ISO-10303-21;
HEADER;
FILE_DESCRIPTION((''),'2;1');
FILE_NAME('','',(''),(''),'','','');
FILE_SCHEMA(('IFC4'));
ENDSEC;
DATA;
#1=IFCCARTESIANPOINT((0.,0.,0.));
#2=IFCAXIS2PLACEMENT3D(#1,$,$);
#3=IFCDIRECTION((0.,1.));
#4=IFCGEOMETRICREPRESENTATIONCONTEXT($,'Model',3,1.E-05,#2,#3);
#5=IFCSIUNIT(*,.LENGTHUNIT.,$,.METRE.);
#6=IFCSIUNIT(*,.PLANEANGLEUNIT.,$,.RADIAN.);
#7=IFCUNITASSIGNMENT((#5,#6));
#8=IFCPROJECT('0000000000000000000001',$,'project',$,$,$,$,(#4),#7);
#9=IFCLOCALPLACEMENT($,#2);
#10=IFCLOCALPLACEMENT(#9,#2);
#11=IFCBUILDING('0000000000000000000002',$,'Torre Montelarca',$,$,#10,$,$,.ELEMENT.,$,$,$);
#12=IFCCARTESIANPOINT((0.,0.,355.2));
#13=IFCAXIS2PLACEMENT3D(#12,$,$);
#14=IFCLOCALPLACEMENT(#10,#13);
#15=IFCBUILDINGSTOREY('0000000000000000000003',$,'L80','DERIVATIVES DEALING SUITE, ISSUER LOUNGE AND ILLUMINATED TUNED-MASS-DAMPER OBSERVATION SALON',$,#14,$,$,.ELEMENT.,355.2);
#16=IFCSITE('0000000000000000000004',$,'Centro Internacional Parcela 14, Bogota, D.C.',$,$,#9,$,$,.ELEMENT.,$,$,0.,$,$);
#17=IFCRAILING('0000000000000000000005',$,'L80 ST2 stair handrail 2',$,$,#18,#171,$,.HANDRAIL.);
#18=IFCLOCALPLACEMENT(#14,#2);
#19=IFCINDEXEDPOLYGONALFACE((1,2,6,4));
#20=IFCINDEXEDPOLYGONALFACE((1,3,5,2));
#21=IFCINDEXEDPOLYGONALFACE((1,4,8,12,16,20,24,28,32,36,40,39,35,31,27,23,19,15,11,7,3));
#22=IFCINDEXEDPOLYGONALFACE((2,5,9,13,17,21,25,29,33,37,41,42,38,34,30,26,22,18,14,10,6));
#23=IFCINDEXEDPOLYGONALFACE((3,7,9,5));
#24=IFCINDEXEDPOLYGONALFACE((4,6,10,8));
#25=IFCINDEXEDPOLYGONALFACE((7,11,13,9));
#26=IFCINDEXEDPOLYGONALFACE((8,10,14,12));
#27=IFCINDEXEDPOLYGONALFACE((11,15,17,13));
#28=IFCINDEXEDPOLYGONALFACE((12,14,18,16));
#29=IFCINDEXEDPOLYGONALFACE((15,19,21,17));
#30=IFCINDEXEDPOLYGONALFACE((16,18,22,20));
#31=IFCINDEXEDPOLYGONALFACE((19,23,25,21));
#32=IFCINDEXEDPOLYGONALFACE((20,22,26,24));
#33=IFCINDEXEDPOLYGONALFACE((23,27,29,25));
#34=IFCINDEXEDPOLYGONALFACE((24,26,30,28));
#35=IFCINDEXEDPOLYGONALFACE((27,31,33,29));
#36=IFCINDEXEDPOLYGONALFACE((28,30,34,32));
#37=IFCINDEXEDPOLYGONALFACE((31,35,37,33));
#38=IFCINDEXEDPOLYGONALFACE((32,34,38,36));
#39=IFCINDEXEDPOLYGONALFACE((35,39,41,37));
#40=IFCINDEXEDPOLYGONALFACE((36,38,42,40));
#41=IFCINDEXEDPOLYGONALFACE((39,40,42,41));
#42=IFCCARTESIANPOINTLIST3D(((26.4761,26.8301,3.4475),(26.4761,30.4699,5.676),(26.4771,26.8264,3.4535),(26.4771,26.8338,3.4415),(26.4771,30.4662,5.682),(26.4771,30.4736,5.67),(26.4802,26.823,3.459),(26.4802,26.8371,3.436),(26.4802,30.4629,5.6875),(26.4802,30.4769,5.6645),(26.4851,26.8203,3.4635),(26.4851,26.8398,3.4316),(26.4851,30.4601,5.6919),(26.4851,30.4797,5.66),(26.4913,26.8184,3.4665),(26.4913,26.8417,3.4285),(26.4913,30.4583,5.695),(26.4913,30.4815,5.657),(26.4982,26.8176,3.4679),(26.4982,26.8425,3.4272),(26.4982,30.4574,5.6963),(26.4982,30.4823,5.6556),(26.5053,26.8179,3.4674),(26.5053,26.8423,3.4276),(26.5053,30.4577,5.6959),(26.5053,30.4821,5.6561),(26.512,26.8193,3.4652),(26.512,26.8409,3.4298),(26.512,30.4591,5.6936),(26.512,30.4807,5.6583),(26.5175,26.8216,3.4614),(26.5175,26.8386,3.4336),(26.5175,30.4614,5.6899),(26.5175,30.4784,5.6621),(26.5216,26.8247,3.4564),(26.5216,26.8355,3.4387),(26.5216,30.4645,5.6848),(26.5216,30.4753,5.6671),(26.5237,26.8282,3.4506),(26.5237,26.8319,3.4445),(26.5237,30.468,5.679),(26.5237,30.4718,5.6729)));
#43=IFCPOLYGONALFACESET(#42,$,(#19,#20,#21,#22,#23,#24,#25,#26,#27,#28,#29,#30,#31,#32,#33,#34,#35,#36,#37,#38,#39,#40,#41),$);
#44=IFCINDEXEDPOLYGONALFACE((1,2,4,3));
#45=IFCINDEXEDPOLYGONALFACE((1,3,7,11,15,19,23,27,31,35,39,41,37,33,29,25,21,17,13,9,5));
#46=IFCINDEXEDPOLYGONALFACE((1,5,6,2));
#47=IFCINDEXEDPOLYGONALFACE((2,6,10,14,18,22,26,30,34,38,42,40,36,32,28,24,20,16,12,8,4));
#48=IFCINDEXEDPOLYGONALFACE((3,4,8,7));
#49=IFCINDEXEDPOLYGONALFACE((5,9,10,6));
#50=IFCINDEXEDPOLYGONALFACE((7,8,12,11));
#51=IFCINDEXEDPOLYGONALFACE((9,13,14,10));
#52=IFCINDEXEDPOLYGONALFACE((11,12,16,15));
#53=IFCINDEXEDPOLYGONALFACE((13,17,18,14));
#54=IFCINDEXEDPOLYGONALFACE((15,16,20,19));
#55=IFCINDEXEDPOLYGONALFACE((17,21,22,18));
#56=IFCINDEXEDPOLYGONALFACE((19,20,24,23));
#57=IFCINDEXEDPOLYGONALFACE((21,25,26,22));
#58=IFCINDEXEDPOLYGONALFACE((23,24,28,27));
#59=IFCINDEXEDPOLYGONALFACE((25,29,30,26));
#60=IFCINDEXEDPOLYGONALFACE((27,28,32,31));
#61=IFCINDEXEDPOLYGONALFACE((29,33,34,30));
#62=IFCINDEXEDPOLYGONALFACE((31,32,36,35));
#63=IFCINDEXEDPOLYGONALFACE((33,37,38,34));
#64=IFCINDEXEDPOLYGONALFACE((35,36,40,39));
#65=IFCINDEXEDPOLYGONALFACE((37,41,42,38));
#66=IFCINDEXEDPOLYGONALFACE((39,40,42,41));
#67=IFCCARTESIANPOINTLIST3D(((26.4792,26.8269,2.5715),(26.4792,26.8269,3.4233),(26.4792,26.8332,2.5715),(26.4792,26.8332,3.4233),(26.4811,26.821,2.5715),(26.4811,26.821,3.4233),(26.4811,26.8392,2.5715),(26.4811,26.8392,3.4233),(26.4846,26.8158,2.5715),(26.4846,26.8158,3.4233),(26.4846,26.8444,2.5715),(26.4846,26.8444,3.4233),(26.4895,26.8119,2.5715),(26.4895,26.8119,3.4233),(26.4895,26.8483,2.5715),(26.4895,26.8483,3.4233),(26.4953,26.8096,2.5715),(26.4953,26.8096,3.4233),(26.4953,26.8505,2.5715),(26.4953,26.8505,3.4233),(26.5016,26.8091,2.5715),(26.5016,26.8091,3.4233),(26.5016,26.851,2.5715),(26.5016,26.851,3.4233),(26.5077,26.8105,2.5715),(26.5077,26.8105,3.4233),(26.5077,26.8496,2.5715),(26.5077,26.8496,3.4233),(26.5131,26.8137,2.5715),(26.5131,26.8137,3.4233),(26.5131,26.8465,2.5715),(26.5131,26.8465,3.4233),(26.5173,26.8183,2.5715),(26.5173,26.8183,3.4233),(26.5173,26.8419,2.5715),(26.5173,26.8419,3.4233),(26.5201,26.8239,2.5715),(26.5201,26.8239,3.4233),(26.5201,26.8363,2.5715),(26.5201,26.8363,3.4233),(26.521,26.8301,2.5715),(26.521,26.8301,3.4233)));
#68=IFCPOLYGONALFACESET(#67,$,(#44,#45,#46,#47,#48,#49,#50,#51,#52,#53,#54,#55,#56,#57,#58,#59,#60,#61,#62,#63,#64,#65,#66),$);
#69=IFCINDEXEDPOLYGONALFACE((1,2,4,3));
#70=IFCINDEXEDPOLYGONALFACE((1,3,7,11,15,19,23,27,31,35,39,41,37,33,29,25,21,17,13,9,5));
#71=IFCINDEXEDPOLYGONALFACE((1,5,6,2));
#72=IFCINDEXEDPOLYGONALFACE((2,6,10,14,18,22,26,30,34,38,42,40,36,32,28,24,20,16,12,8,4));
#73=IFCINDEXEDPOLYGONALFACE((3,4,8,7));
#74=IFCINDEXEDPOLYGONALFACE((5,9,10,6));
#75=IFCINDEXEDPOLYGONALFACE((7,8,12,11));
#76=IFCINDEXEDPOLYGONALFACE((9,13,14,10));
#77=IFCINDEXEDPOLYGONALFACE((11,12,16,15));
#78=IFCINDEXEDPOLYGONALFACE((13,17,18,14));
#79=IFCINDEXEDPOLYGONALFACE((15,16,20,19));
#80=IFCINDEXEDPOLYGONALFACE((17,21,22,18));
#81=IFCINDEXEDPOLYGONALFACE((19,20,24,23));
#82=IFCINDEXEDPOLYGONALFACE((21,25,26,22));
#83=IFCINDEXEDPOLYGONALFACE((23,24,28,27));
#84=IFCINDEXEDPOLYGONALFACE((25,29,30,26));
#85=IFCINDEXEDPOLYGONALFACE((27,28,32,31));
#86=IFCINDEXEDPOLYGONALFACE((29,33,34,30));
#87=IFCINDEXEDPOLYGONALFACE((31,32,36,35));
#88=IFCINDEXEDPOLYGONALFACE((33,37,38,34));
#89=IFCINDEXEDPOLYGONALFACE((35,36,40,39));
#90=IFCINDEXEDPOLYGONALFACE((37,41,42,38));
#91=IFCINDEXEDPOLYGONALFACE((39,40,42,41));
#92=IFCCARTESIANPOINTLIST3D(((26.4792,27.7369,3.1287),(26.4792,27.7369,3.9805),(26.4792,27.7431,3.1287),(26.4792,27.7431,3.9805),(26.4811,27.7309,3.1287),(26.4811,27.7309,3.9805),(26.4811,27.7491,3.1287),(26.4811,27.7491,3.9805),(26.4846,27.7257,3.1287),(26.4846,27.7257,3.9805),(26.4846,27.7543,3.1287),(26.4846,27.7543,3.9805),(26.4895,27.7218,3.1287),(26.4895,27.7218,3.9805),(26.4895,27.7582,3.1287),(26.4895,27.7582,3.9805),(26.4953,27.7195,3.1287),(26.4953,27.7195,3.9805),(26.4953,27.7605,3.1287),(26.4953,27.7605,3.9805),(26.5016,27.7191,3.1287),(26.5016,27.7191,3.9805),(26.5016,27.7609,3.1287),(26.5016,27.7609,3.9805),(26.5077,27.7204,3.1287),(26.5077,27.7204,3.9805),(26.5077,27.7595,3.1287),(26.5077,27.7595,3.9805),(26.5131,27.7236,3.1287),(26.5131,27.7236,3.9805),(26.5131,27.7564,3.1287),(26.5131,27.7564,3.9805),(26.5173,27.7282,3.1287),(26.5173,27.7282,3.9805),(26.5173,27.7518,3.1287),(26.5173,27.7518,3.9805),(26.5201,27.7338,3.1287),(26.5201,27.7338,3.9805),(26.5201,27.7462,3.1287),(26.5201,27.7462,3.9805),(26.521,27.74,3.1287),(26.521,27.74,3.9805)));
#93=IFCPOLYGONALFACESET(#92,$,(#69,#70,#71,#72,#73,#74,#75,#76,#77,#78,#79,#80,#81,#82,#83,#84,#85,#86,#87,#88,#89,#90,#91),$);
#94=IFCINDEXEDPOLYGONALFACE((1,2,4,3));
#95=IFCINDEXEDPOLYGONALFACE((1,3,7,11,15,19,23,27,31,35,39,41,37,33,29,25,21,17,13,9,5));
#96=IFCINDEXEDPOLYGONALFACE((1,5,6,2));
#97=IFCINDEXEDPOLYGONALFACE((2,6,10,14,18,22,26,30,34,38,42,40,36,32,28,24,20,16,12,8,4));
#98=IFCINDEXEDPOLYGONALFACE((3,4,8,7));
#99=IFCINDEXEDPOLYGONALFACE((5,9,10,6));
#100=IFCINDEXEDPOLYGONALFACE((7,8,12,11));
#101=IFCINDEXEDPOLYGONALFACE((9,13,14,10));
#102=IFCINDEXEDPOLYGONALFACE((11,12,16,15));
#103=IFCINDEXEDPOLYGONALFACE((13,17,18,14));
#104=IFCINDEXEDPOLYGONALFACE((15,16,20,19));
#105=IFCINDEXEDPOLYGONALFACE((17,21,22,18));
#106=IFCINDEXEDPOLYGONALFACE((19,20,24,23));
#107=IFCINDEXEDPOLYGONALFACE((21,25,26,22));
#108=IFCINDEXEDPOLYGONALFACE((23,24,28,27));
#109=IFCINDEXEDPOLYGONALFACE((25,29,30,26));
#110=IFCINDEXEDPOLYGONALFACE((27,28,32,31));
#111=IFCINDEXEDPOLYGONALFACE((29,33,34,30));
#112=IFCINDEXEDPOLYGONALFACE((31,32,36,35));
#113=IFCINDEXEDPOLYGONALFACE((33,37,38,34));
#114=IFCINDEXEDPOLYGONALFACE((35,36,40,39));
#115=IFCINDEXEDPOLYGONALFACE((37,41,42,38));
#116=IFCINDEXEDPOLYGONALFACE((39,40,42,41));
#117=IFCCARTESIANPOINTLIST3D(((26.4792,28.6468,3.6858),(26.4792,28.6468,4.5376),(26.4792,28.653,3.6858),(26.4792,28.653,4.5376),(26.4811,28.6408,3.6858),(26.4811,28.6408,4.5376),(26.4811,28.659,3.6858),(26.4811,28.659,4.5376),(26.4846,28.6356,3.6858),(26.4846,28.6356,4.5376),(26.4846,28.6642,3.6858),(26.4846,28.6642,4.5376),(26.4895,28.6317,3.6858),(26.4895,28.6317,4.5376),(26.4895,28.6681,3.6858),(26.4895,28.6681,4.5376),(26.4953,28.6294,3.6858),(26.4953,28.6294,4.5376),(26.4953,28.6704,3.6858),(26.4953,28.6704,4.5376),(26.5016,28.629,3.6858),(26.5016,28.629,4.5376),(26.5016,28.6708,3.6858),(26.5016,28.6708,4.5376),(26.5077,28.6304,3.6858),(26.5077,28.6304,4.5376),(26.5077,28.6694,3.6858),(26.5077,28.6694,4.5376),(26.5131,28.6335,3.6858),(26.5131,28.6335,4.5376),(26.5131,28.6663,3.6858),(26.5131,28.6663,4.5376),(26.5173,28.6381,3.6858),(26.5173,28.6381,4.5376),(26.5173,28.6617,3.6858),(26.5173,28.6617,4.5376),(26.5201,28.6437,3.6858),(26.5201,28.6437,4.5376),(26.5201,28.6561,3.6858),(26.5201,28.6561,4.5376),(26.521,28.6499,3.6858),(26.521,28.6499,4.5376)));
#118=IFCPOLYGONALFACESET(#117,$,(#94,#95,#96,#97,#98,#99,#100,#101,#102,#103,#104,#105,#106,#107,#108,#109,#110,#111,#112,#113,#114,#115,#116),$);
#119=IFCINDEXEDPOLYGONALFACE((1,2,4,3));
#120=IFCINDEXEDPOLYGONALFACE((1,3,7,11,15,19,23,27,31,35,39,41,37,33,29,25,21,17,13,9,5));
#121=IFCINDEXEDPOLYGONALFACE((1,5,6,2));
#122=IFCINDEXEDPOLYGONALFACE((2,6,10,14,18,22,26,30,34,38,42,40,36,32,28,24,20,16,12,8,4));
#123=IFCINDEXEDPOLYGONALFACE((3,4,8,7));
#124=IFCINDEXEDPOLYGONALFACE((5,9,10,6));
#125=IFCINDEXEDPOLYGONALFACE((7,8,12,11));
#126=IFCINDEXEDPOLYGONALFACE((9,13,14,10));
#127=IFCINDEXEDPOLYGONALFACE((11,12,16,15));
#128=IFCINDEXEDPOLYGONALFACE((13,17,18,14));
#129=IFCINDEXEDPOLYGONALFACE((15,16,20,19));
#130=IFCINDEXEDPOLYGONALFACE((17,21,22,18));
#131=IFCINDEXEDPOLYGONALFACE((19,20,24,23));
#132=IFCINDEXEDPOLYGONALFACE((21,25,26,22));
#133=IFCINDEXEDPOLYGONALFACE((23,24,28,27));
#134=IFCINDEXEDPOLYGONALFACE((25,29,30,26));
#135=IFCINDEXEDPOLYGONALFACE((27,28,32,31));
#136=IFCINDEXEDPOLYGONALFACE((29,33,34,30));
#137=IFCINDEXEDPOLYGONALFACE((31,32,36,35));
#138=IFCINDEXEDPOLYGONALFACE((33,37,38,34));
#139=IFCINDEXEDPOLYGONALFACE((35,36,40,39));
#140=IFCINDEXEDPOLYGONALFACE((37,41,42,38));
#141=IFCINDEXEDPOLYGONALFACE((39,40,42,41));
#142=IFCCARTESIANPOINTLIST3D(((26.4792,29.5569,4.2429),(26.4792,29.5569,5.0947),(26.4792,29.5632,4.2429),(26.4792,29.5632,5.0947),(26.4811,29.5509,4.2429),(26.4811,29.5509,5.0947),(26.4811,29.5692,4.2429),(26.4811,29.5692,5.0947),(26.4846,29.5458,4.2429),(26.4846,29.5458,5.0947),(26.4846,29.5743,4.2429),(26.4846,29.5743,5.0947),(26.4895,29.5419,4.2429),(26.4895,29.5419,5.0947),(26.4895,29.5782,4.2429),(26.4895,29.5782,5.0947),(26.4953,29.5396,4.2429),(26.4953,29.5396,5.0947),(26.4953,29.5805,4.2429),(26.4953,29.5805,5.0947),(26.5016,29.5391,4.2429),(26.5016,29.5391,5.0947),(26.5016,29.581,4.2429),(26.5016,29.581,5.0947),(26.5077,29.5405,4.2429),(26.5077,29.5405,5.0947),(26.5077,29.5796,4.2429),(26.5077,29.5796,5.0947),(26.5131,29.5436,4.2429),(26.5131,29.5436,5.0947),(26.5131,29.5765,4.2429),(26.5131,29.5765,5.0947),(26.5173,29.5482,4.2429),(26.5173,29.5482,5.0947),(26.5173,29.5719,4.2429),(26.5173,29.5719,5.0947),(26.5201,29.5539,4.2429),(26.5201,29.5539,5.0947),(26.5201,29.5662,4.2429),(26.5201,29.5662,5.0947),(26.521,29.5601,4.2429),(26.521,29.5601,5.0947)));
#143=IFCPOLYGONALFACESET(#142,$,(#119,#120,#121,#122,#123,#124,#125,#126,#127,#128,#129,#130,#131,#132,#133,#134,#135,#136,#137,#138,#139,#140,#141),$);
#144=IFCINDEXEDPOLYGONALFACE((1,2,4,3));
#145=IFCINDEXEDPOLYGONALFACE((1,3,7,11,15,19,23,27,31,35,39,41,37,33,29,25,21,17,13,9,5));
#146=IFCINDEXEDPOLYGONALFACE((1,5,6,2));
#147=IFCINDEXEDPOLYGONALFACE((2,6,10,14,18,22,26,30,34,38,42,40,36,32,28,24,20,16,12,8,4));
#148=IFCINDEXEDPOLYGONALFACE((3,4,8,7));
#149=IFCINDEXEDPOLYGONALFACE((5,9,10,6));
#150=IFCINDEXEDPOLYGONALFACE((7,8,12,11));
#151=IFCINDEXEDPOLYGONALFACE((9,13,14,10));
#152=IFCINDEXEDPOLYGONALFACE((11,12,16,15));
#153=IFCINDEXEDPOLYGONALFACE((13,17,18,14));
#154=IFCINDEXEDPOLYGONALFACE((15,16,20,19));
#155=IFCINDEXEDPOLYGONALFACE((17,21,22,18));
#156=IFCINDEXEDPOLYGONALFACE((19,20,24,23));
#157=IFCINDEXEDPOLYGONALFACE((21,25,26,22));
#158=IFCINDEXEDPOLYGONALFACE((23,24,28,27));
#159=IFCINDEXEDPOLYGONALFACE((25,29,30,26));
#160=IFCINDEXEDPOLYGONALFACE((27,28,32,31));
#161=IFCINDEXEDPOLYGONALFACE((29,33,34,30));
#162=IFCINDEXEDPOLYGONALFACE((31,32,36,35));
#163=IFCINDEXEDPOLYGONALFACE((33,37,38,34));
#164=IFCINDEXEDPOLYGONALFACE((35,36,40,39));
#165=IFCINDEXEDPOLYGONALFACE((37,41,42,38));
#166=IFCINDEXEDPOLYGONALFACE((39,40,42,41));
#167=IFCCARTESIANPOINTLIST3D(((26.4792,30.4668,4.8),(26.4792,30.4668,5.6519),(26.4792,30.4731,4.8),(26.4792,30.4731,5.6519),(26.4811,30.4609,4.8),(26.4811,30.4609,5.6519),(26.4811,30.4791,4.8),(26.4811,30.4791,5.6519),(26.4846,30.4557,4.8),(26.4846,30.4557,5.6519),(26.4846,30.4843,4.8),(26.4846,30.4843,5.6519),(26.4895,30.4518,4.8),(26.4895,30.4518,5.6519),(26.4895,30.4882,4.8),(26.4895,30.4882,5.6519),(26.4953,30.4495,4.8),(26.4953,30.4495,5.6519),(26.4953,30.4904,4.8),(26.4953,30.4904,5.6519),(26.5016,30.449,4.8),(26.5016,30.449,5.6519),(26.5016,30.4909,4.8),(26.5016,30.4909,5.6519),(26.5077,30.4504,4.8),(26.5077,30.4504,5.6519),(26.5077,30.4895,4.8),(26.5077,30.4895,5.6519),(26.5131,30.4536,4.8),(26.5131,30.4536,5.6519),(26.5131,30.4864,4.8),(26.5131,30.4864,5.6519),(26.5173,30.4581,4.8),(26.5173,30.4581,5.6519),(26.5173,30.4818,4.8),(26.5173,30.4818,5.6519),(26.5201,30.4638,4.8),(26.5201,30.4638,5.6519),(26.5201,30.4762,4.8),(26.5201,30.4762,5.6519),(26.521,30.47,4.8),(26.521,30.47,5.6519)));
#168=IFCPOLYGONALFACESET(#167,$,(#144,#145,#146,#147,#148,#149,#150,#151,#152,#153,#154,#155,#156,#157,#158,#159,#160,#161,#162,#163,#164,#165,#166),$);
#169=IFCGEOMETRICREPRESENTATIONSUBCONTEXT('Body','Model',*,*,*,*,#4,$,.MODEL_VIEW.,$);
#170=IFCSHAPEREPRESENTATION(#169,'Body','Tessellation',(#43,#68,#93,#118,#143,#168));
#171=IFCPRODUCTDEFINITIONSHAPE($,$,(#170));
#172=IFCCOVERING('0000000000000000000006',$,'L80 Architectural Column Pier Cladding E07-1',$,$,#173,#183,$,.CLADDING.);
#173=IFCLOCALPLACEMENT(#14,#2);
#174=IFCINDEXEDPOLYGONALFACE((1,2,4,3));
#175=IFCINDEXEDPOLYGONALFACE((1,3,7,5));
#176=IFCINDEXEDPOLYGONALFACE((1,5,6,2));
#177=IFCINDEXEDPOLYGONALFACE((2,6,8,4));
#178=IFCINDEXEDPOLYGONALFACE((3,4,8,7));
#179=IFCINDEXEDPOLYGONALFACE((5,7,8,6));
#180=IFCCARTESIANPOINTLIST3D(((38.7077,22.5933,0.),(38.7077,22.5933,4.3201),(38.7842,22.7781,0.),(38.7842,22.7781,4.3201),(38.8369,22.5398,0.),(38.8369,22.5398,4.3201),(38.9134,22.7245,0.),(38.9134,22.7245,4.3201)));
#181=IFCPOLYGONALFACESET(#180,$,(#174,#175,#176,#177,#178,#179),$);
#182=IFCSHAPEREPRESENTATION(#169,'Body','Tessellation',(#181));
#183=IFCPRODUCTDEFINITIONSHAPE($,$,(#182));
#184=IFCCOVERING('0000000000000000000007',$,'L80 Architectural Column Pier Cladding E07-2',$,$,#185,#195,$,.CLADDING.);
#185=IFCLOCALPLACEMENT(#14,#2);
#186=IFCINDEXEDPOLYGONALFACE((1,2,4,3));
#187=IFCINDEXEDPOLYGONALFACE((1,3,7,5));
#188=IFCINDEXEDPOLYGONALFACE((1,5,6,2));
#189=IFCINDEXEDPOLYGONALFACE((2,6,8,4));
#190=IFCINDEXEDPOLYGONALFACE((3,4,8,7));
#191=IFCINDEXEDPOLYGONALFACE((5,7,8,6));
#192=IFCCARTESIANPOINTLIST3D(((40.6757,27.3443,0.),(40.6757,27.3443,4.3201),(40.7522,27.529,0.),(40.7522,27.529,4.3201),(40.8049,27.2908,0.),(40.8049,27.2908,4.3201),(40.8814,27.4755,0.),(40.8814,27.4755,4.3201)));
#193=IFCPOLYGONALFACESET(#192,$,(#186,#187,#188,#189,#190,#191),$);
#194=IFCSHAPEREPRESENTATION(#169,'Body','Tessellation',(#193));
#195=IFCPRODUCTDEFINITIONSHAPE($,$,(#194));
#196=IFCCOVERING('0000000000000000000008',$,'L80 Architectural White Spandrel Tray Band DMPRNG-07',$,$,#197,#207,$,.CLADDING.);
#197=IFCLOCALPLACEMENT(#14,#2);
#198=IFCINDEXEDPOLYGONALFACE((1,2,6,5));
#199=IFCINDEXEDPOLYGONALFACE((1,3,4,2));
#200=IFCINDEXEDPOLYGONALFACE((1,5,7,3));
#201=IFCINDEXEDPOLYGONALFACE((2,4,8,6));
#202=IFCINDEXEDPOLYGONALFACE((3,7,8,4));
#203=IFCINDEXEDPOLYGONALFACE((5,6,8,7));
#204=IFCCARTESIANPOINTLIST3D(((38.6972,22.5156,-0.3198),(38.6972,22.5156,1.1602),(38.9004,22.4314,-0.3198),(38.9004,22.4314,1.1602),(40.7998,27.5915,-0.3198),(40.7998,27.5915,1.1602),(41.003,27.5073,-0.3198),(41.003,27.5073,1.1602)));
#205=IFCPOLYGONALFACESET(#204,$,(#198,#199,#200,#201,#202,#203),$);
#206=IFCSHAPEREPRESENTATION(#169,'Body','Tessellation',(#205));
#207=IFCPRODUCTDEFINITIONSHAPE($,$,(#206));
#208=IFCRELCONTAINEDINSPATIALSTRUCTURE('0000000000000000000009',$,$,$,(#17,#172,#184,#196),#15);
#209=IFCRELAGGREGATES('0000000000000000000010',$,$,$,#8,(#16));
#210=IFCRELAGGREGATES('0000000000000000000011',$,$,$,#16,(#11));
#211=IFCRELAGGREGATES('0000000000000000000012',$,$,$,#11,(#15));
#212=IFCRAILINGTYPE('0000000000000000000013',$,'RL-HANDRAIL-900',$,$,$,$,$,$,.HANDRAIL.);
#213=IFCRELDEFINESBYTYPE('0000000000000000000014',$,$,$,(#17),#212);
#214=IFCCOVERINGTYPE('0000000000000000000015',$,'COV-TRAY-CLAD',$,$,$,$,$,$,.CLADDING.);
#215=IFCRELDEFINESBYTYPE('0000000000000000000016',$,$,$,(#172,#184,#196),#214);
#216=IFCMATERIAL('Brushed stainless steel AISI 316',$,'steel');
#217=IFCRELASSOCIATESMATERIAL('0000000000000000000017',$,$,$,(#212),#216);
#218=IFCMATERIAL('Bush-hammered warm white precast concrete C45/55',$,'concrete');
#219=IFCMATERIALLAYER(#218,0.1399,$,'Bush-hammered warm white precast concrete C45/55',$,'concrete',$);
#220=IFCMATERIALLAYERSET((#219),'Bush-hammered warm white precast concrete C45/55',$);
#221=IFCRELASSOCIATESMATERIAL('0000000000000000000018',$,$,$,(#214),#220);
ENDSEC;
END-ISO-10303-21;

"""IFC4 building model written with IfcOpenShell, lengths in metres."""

from ifc_helpers import new_model, si_unit, direction, frame, origin, origin_2d, place, context, subcontext, project, spatial, rectangle, circle, extrude, source, transform, mapped, material, layer, layer_set, type_object, element, save


model = new_model("IFC4")

# Units and contexts
model_context = context("Model", 3, precision=1e-05, world=origin(), true_north=direction((0.0, 1.0)))
body_context = subcontext(model_context, "Body", "Model", "MODEL_VIEW")
ifc_project = project(units=[si_unit("LENGTHUNIT", "METRE"), si_unit("PLANEANGLEUNIT", "RADIAN")], contexts=[model_context])

# Site, building, storey
site_placement = place(None, origin())
site = spatial("IfcSite", under=ifc_project, at=site_placement, Name="Centro Internacional Parcela 14, Bogota, D.C.", CompositionType="ELEMENT", RefElevation=0.0)
building_placement = place(site_placement, origin())
building = spatial("IfcBuilding", under=site, at=building_placement, Name="Torre Montelarca", CompositionType="ELEMENT")
storey_placement = place(building_placement, frame((0.0, 0.0, 355.2)))
storey = spatial("IfcBuildingStorey", under=building, at=storey_placement, Name="L80", Description="DERIVATIVES DEALING SUITE, ISSUER LOUNGE AND ILLUMINATED TUNED-MASS-DAMPER OBSERVATION SALON", CompositionType="ELEMENT", Elevation=355.2)

# Railing
ifc_material_1 = material(Name="Brushed stainless steel AISI 316", Category="steel")
railing_type_1 = type_object("IfcRailingType", Name="RL-HANDRAIL-900", PredefinedType="HANDRAIL", material=ifc_material_1)
railing_1_placement = place(storey_placement, frame((26.5, 26.8301, 2.5715)))
element("IfcRailing", 1, at=railing_1_placement, inside=storey, type_object=railing_type_1, Name="L80 ST2 stair handrail 2", PredefinedType="HANDRAIL", context=body_context, shape_type="SweptSolid", body=[
    extrude(circle(Radius=0.0239, at=origin_2d()), frame((0.0, 0.0, 0.876), z_axis=(0.0, 0.85285, 0.522156), x_axis=(-1.0, 0.0, 0.0)), (0.0, 0.0, 1.0), 4.2678),
    extrude(circle(Radius=0.021, at=origin_2d()), origin(), (0.0, 0.0, 1.0), 0.8518),
    extrude(circle(Radius=0.021, at=origin_2d()), frame((0.0, 0.9099, 0.5571)), (0.0, 0.0, 1.0), 0.8518),
    extrude(circle(Radius=0.021, at=origin_2d()), frame((0.0, 1.8198, 1.1143)), (0.0, 0.0, 1.0), 0.8518),
    extrude(circle(Radius=0.021, at=origin_2d()), frame((0.0, 2.73, 1.6714)), (0.0, 0.0, 1.0), 0.8518),
    extrude(circle(Radius=0.021, at=origin_2d()), frame((0.0, 3.6399, 2.2285)), (0.0, 0.0, 1.0), 0.8518),
])

# Coverings
ifc_material_2 = material(Name="Bush-hammered warm white precast concrete C45/55", Category="concrete")
ifc_layer_1 = layer(ifc_material_2, 0.1399, Name="Bush-hammered warm white precast concrete C45/55", Category="concrete")
ifc_layer_set_1 = layer_set([ifc_layer_1], Name="Bush-hammered warm white precast concrete C45/55")
covering_type = type_object("IfcCoveringType", Name="COV-TRAY-CLAD", PredefinedType="CLADDING", material=ifc_layer_set_1)
shared_shape_1 = source(origin(), body_context, "Body", "SweptSolid", [
    extrude(rectangle(XDim=0.2, YDim=0.1399, at=origin_2d()), origin(), (0.0, 0.0, 1.0), 4.3201),
])
for number, where, z_axis, x_axis, name in (
    (2, (38.8105, 22.6589, 0.0), (0.0, 0.0, 1.0), (0.38269, 0.923877, 0.0), "L80 Architectural Column Pier Cladding E07-1"),
    (3, (40.7786, 27.4099, 0.0), (0.0, 0.0, 1.0), (0.38269, 0.923877, 0.0), "L80 Architectural Column Pier Cladding E07-2"),
):
    element("IfcCovering", number, at=place(storey_placement, frame(where, z_axis=z_axis, x_axis=x_axis)), inside=storey, type_object=covering_type, Name=name, PredefinedType="CLADDING", context=body_context, shape_type="MappedRepresentation", body=[
        mapped(shared_shape_1, transform((0.0, 0.0, 0.0), scale=1.0)),
    ])
shared_shape_2 = source(origin(), body_context, "Body", "SweptSolid", [
    extrude(rectangle(XDim=5.4941, YDim=0.22, at=origin_2d()), origin(), (0.0, 0.0, 1.0), 1.48),
])
covering_1_placement = place(storey_placement, frame((39.8501, 25.0115, -0.3198), z_axis=(0.0, 0.0, 1.0), x_axis=(0.382688, 0.923878, 0.0)))
element("IfcCovering", 4, at=covering_1_placement, inside=storey, type_object=covering_type, Name="L80 Architectural White Spandrel Tray Band DMPRNG-07", PredefinedType="CLADDING", context=body_context, shape_type="MappedRepresentation", body=[
    mapped(shared_shape_2, transform((0.0, 0.0, 0.0), scale=1.0)),
])

save(model, "model.ifc")
